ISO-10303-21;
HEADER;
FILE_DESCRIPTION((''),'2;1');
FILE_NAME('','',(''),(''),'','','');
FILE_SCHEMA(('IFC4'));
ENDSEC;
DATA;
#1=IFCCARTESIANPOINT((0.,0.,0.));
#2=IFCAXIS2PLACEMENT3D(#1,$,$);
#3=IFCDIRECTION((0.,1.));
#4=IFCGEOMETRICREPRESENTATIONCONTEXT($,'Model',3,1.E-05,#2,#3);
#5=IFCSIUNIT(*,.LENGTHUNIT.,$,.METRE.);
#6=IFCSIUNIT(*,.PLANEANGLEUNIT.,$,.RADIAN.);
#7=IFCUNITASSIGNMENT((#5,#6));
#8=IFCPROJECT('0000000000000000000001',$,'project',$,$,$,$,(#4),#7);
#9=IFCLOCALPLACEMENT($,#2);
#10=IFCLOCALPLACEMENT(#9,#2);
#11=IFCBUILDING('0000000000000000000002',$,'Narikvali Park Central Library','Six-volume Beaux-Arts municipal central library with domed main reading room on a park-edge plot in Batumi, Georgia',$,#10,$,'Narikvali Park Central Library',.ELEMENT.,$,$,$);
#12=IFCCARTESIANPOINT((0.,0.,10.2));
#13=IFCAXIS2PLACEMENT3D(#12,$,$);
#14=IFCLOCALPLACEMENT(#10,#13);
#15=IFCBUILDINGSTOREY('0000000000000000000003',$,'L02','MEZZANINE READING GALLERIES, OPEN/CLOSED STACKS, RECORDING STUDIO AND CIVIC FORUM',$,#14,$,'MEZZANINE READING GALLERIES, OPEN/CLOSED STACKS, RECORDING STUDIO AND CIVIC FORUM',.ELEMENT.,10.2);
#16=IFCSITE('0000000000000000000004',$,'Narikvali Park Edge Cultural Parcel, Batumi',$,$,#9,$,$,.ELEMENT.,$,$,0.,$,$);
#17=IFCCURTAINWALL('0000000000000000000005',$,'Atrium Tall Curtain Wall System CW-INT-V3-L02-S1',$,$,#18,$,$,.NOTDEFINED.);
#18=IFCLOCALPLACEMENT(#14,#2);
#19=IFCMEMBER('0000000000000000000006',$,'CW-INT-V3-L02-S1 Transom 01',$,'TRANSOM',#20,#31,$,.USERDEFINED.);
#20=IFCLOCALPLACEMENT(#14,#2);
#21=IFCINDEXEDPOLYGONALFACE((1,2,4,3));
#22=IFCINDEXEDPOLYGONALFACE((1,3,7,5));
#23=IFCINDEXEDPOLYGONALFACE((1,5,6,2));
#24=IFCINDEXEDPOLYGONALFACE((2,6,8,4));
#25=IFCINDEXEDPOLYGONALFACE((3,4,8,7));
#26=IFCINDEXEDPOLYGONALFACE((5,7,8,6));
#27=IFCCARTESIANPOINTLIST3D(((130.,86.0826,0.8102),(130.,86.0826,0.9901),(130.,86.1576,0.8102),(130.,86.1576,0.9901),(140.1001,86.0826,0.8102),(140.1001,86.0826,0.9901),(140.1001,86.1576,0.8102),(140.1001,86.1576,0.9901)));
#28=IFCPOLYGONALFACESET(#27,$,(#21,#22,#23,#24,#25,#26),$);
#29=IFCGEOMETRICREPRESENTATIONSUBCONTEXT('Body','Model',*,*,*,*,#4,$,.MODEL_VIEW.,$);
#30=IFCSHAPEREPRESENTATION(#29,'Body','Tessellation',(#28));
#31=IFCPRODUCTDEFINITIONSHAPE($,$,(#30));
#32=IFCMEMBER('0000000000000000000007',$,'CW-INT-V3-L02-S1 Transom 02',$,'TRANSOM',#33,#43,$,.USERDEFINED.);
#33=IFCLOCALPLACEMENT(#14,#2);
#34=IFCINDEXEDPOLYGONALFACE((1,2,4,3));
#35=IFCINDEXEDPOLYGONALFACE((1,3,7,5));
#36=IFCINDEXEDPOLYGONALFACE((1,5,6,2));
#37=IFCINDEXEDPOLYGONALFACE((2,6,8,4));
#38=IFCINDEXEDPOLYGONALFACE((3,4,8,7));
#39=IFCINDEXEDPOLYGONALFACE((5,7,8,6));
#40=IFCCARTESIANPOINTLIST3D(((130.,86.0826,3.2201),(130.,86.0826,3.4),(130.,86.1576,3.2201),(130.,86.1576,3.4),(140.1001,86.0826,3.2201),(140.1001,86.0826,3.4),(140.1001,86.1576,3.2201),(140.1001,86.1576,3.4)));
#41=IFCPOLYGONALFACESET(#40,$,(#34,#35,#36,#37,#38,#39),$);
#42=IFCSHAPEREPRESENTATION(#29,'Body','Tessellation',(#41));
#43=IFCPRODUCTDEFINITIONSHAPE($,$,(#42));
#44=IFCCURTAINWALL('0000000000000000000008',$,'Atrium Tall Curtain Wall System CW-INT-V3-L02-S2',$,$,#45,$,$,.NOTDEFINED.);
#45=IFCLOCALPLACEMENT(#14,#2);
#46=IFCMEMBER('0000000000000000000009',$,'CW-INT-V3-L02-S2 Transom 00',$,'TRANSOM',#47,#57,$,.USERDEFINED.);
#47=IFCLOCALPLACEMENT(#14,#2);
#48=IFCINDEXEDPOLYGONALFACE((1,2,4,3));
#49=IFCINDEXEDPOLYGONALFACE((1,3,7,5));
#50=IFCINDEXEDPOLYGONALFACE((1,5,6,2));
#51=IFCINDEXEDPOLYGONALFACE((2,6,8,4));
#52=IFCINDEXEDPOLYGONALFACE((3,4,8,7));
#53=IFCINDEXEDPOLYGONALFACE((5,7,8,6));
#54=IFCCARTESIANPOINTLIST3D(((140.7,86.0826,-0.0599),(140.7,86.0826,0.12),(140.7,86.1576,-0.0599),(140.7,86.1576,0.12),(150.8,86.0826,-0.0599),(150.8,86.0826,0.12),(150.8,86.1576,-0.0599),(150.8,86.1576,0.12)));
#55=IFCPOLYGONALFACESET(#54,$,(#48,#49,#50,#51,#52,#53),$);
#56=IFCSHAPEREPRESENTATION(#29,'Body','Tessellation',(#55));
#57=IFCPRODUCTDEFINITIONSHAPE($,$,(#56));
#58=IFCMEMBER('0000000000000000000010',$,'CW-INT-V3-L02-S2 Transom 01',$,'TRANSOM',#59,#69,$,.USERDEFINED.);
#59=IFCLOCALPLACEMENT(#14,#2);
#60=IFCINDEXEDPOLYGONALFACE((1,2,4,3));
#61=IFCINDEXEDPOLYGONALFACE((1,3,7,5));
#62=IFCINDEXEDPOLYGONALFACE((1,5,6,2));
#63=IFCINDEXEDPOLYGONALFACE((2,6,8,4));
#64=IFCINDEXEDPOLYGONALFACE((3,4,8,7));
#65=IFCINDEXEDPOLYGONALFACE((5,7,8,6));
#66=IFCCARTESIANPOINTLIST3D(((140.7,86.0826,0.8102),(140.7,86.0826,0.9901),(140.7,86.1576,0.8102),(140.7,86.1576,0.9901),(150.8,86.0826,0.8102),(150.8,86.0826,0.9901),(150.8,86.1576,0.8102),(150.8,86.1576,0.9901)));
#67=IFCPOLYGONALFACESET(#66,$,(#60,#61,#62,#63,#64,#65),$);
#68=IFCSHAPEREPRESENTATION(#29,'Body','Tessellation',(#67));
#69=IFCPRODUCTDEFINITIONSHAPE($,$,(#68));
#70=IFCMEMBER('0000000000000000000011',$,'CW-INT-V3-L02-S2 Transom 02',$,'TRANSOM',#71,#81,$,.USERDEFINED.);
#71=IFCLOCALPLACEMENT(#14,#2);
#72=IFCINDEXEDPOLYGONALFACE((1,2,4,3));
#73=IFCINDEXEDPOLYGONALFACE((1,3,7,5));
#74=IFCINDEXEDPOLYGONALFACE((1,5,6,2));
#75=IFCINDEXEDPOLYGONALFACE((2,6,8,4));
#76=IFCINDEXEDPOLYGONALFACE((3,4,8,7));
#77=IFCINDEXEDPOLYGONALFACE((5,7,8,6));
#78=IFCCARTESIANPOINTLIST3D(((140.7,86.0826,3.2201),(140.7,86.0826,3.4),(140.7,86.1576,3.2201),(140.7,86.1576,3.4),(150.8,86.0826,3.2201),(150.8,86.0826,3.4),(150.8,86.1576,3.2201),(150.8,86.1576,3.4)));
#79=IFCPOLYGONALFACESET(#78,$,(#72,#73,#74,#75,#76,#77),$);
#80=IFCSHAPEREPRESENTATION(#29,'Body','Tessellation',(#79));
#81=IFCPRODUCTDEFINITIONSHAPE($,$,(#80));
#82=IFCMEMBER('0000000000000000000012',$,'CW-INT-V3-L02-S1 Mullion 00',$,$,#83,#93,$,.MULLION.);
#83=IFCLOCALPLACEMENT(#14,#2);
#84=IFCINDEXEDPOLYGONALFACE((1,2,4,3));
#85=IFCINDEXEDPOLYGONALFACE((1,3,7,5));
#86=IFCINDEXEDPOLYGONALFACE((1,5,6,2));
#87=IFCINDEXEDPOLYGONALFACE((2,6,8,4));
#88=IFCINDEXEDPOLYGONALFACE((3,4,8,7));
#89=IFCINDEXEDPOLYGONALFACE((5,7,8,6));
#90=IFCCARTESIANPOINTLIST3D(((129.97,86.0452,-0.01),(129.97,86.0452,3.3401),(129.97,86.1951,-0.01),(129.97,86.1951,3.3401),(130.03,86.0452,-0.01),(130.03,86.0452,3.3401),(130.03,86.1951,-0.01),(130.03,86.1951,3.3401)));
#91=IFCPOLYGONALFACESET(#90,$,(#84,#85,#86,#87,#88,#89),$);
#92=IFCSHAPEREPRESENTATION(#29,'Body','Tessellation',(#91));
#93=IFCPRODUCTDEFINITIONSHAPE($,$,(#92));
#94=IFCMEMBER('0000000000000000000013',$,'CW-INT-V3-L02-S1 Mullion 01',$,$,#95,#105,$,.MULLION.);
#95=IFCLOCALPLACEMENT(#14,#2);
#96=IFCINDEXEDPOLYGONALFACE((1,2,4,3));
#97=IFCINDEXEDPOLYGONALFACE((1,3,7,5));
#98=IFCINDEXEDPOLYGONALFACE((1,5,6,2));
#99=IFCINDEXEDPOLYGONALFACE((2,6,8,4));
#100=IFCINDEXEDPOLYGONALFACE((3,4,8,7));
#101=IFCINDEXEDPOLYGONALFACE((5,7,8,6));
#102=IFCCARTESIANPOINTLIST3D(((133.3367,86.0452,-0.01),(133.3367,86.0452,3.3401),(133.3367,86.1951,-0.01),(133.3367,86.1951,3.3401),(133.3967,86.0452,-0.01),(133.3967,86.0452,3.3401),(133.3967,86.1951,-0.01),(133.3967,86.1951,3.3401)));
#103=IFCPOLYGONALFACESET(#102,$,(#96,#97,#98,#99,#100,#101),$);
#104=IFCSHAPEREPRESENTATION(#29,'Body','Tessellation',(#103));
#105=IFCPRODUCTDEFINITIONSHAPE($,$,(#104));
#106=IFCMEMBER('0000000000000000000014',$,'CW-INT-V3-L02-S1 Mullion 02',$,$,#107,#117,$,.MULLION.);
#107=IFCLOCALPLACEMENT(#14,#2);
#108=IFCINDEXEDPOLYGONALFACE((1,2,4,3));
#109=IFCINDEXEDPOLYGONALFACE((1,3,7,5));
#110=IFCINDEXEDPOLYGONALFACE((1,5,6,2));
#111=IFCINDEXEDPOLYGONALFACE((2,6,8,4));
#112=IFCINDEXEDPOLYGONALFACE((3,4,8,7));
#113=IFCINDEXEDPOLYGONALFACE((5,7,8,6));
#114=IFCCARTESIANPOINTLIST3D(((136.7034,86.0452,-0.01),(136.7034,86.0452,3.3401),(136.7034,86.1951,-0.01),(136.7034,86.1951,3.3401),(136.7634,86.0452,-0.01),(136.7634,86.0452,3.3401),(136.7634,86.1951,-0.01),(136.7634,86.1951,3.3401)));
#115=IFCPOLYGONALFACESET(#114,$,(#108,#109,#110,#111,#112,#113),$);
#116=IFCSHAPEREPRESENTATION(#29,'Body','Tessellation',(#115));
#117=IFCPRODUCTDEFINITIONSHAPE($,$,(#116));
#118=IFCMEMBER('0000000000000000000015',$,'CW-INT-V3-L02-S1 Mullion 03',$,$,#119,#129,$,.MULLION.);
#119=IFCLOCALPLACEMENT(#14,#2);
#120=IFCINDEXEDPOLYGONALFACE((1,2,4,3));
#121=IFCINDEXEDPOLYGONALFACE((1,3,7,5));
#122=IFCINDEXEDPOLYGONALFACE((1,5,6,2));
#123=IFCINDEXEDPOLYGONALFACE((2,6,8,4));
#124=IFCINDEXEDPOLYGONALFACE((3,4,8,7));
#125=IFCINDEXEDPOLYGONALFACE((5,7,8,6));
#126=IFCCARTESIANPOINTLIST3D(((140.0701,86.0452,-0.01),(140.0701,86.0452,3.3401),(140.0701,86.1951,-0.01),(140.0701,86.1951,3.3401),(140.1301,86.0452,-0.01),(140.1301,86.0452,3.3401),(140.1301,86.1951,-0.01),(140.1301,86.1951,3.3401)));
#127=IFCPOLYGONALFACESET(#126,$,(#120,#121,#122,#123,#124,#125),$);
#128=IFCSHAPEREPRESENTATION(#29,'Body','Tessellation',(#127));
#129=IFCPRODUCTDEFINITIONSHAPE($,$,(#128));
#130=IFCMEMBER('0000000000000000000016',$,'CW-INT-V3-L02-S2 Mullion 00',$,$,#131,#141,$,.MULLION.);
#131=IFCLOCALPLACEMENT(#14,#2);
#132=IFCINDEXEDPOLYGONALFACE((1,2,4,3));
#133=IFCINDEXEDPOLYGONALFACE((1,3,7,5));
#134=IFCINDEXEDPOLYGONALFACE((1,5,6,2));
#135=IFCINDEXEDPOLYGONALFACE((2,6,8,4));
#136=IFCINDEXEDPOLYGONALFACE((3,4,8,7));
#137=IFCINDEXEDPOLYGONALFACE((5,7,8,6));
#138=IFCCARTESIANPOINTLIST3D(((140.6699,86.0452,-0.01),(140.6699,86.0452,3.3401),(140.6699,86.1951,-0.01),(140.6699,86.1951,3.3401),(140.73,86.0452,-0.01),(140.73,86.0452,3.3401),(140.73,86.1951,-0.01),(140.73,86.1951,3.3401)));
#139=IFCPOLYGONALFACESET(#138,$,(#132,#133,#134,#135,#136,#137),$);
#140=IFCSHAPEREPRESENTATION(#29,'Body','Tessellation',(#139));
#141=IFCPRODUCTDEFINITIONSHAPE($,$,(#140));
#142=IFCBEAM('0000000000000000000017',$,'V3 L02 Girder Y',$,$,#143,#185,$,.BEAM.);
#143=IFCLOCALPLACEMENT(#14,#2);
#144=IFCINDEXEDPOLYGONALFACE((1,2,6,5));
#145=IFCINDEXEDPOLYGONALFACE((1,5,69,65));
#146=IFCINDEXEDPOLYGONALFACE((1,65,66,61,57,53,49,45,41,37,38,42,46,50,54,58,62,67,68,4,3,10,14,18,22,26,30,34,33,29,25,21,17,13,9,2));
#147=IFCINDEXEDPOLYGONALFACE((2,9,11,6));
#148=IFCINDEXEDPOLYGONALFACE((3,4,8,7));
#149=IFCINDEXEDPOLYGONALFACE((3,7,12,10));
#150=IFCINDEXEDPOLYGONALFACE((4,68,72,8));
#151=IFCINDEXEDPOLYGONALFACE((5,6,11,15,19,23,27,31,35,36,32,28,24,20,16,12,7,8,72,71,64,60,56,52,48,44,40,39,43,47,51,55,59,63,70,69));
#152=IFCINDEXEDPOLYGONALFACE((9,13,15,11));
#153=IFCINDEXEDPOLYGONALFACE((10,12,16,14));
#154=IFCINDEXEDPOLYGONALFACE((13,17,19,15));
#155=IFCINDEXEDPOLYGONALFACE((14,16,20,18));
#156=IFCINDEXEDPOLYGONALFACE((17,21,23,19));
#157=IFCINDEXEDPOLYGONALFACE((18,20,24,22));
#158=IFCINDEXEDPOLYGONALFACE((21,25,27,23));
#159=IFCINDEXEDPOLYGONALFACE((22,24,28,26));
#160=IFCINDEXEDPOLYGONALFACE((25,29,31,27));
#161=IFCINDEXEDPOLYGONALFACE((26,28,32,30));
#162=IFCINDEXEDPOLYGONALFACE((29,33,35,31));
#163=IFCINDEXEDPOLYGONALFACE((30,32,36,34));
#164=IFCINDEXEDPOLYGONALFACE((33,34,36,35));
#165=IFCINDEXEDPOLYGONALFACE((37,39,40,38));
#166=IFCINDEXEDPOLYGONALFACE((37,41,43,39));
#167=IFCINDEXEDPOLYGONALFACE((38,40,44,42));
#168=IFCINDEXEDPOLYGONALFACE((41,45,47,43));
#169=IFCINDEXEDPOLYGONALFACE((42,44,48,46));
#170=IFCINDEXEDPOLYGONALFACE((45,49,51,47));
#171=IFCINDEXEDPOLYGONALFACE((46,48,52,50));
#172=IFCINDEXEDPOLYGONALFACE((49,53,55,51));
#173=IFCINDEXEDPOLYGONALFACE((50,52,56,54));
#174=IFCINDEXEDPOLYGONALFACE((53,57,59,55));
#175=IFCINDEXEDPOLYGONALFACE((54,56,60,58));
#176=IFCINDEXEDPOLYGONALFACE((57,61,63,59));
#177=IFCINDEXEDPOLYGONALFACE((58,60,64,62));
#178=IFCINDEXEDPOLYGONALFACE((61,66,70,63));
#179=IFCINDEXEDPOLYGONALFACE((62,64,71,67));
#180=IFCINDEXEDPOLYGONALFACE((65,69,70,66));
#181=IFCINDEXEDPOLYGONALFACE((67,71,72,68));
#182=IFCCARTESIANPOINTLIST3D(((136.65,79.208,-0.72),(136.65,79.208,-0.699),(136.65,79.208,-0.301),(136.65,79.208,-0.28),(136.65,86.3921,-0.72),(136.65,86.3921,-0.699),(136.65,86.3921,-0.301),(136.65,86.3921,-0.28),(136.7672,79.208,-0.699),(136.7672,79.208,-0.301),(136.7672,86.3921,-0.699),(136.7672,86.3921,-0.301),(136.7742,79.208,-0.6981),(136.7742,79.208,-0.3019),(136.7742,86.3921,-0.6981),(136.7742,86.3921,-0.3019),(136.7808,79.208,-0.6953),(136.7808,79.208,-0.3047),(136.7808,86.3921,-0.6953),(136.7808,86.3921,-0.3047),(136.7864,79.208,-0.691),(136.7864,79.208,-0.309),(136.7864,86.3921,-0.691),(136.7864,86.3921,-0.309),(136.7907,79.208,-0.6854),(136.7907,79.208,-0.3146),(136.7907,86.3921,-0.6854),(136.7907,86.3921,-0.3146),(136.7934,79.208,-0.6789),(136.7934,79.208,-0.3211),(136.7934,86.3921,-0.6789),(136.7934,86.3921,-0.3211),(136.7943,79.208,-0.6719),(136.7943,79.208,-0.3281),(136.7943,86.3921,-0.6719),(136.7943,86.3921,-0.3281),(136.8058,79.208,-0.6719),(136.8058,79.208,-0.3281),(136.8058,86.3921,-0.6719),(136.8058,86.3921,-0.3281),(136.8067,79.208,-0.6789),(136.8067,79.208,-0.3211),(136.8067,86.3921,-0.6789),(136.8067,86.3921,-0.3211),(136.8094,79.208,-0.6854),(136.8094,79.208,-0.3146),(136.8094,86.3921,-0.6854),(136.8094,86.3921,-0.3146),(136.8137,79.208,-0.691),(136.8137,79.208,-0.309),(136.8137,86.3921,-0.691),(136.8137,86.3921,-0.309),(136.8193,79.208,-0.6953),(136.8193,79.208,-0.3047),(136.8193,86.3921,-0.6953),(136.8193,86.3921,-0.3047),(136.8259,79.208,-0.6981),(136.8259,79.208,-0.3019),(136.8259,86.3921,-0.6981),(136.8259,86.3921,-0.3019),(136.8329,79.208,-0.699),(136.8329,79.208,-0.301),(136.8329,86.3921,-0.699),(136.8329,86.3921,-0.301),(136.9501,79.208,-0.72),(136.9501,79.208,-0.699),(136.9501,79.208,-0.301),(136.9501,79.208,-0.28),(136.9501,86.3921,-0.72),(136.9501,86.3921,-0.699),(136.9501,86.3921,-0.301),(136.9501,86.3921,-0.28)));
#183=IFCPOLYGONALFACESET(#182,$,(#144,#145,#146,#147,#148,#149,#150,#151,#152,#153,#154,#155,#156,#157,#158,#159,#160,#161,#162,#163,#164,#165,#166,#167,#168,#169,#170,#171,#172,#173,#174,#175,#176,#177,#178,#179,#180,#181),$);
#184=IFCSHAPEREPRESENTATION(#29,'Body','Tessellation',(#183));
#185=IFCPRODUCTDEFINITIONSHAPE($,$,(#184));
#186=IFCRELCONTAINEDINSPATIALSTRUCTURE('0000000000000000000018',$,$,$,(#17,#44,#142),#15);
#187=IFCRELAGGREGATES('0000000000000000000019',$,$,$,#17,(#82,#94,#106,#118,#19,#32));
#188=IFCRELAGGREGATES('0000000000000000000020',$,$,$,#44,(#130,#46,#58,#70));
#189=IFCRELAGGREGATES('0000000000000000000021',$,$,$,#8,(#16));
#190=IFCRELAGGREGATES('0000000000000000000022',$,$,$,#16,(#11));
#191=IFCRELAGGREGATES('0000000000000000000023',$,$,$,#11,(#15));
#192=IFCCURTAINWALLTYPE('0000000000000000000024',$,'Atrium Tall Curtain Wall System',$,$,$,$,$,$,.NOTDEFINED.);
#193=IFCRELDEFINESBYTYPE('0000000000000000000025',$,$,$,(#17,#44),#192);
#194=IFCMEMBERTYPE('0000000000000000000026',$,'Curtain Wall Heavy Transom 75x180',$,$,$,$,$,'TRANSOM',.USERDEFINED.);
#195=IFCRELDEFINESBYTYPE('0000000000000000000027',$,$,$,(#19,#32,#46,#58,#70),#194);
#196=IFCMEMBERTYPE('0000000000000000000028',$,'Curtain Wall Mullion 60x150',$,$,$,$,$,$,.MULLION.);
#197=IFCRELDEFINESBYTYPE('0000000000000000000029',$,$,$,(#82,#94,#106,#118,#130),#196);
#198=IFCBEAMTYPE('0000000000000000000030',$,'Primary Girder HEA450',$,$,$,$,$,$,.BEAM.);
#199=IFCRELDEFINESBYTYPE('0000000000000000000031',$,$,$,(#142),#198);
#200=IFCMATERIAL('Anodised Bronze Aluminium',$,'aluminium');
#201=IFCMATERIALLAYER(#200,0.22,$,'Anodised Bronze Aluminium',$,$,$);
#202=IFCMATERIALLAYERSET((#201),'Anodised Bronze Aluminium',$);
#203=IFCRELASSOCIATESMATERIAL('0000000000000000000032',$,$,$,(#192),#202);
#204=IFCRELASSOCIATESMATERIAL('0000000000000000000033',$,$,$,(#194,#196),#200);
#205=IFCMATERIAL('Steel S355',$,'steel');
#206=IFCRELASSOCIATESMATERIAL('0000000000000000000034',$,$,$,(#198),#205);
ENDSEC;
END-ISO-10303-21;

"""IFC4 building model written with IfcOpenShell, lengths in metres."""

from ifc_helpers import new_model, si_unit, direction, frame, origin, origin_2d, place, context, subcontext, project, spatial, rectangle, i_section, extrude, material, layer, layer_set, material_profile, profile_set, type_object, element, aggregate, save


model = new_model("IFC4")

# Units and contexts
model_context = context("Model", 3, precision=1e-05, world=origin(), true_north=direction((0.0, 1.0)))
body_context = subcontext(model_context, "Body", "Model", "MODEL_VIEW")
ifc_project = project(units=[si_unit("LENGTHUNIT", "METRE"), si_unit("PLANEANGLEUNIT", "RADIAN")], contexts=[model_context])

# Site, building, storey
site_placement = place(None, origin())
site = spatial("IfcSite", under=ifc_project, at=site_placement, Name="Narikvali Park Edge Cultural Parcel, Batumi", CompositionType="ELEMENT", RefElevation=0.0)
building_placement = place(site_placement, origin())
building = spatial("IfcBuilding", under=site, at=building_placement, Name="Narikvali Park Central Library", Description="Six-volume Beaux-Arts municipal central library with domed main reading room on a park-edge plot in Batumi, Georgia", LongName="Narikvali Park Central Library", CompositionType="ELEMENT")
storey_placement = place(building_placement, frame((0.0, 0.0, 10.2)))
storey = spatial("IfcBuildingStorey", under=building, at=storey_placement, Name="L02", Description="MEZZANINE READING GALLERIES, OPEN/CLOSED STACKS, RECORDING STUDIO AND CIVIC FORUM", LongName="MEZZANINE READING GALLERIES, OPEN/CLOSED STACKS, RECORDING STUDIO AND CIVIC FORUM", CompositionType="ELEMENT", Elevation=10.2)

# Shared definitions
ifc_material_1 = material(Name="Steel S355", Category="steel")

# Curtain walls, members
ifc_material_2 = material(Name="Anodised Bronze Aluminium", Category="aluminium")
ifc_layer_1 = layer(ifc_material_2, 0.22, Name="Anodised Bronze Aluminium")
ifc_layer_set_1 = layer_set([ifc_layer_1], Name="Anodised Bronze Aluminium")
curtain_wall_type = type_object("IfcCurtainWallType", Name="Atrium Tall Curtain Wall System", PredefinedType="NOTDEFINED", material=ifc_layer_set_1)
curtain_wall_1_placement = place(storey_placement, origin())
curtain_wall_1 = element("IfcCurtainWall", 1, at=curtain_wall_1_placement, inside=storey, type_object=curtain_wall_type, Name="Atrium Tall Curtain Wall System CW-INT-V3-L02-S1", PredefinedType="NOTDEFINED")
ifc_material_profile_1 = material_profile(ifc_material_2, rectangle(XDim=0.075, YDim=0.1799, at=origin_2d()), Name="CW TRANSOM 75x180")
ifc_profile_set_1 = profile_set([ifc_material_profile_1], Name="Anodised Bronze Aluminium")
member_type_1 = type_object("IfcMemberType", Name="Curtain Wall Heavy Transom 75x180", ElementType="TRANSOM", PredefinedType="USERDEFINED", material=ifc_profile_set_1)
member_1_placement = place(storey_placement, frame((130.0, 86.1201, 0.9001), z_axis=(1.0, 0.0, 0.0), x_axis=(0.0, 1.0, 0.0)))
member_1 = element("IfcMember", 2, at=member_1_placement, type_object=member_type_1, Name="CW-INT-V3-L02-S1 Transom 01", ObjectType="TRANSOM", PredefinedType="USERDEFINED", context=body_context, shape_type="SweptSolid", body=[
    extrude(rectangle(XDim=0.075, YDim=0.1799, at=origin_2d()), origin(), (0.0, 0.0, 1.0), 10.1001),
])
member_2_placement = place(storey_placement, frame((130.0, 86.1201, 3.3101), z_axis=(1.0, 0.0, 0.0), x_axis=(0.0, 1.0, 0.0)))
member_2 = element("IfcMember", 3, at=member_2_placement, type_object=member_type_1, Name="CW-INT-V3-L02-S1 Transom 02", ObjectType="TRANSOM", PredefinedType="USERDEFINED", context=body_context, shape_type="SweptSolid", body=[
    extrude(rectangle(XDim=0.075, YDim=0.1799, at=origin_2d()), origin(), (0.0, 0.0, 1.0), 10.1001),
])
curtain_wall_2_placement = place(storey_placement, origin())
curtain_wall_2 = element("IfcCurtainWall", 4, at=curtain_wall_2_placement, inside=storey, type_object=curtain_wall_type, Name="Atrium Tall Curtain Wall System CW-INT-V3-L02-S2", PredefinedType="NOTDEFINED")
member_3_placement = place(storey_placement, frame((140.7, 86.1201, 0.03), z_axis=(1.0, 0.0, 0.0), x_axis=(0.0, 1.0, 0.0)))
member_3 = element("IfcMember", 5, at=member_3_placement, type_object=member_type_1, Name="CW-INT-V3-L02-S2 Transom 00", ObjectType="TRANSOM", PredefinedType="USERDEFINED", context=body_context, shape_type="SweptSolid", body=[
    extrude(rectangle(XDim=0.075, YDim=0.1799, at=origin_2d()), origin(), (0.0, 0.0, 1.0), 10.1001),
])
member_4_placement = place(storey_placement, frame((140.7, 86.1201, 0.9001), z_axis=(1.0, 0.0, 0.0), x_axis=(0.0, 1.0, 0.0)))
member_4 = element("IfcMember", 6, at=member_4_placement, type_object=member_type_1, Name="CW-INT-V3-L02-S2 Transom 01", ObjectType="TRANSOM", PredefinedType="USERDEFINED", context=body_context, shape_type="SweptSolid", body=[
    extrude(rectangle(XDim=0.075, YDim=0.1799, at=origin_2d()), origin(), (0.0, 0.0, 1.0), 10.1001),
])
member_5_placement = place(storey_placement, frame((140.7, 86.1201, 3.3101), z_axis=(1.0, 0.0, 0.0), x_axis=(0.0, 1.0, 0.0)))
member_5 = element("IfcMember", 7, at=member_5_placement, type_object=member_type_1, Name="CW-INT-V3-L02-S2 Transom 02", ObjectType="TRANSOM", PredefinedType="USERDEFINED", context=body_context, shape_type="SweptSolid", body=[
    extrude(rectangle(XDim=0.075, YDim=0.1799, at=origin_2d()), origin(), (0.0, 0.0, 1.0), 10.1001),
])

# Members
ifc_material_profile_2 = material_profile(ifc_material_2, rectangle(XDim=0.0601, YDim=0.1499, at=origin_2d()), Name="CW MULLION 60x150")
ifc_profile_set_2 = profile_set([ifc_material_profile_2], Name="Anodised Bronze Aluminium")
member_type_2 = type_object("IfcMemberType", Name="Curtain Wall Mullion 60x150", PredefinedType="MULLION", material=ifc_profile_set_2)
member_6_placement = place(storey_placement, frame((130.0, 86.1201, -0.01), z_axis=(0.0, 0.0, 1.0), x_axis=(1.0, 0.0, 0.0)))
member_6 = element("IfcMember", 8, at=member_6_placement, type_object=member_type_2, Name="CW-INT-V3-L02-S1 Mullion 00", PredefinedType="MULLION", context=body_context, shape_type="SweptSolid", body=[
    extrude(rectangle(XDim=0.0601, YDim=0.1499, at=origin_2d()), origin(), (0.0, 0.0, 1.0), 3.3501),
])
member_7_placement = place(storey_placement, frame((133.3667, 86.1201, -0.01), z_axis=(0.0, 0.0, 1.0), x_axis=(1.0, 0.0, 0.0)))
member_7 = element("IfcMember", 9, at=member_7_placement, type_object=member_type_2, Name="CW-INT-V3-L02-S1 Mullion 01", PredefinedType="MULLION", context=body_context, shape_type="SweptSolid", body=[
    extrude(rectangle(XDim=0.0601, YDim=0.1499, at=origin_2d()), origin(), (0.0, 0.0, 1.0), 3.3501),
])
member_8_placement = place(storey_placement, frame((136.7334, 86.1201, -0.01), z_axis=(0.0, 0.0, 1.0), x_axis=(1.0, 0.0, 0.0)))
member_8 = element("IfcMember", 10, at=member_8_placement, type_object=member_type_2, Name="CW-INT-V3-L02-S1 Mullion 02", PredefinedType="MULLION", context=body_context, shape_type="SweptSolid", body=[
    extrude(rectangle(XDim=0.0601, YDim=0.1499, at=origin_2d()), origin(), (0.0, 0.0, 1.0), 3.3501),
])
member_9_placement = place(storey_placement, frame((140.1001, 86.1201, -0.01), z_axis=(0.0, 0.0, 1.0), x_axis=(1.0, 0.0, 0.0)))
member_9 = element("IfcMember", 11, at=member_9_placement, type_object=member_type_2, Name="CW-INT-V3-L02-S1 Mullion 03", PredefinedType="MULLION", context=body_context, shape_type="SweptSolid", body=[
    extrude(rectangle(XDim=0.0601, YDim=0.1499, at=origin_2d()), origin(), (0.0, 0.0, 1.0), 3.3501),
])
member_10_placement = place(storey_placement, frame((140.7, 86.1201, -0.01), z_axis=(0.0, 0.0, 1.0), x_axis=(1.0, 0.0, 0.0)))
member_10 = element("IfcMember", 12, at=member_10_placement, type_object=member_type_2, Name="CW-INT-V3-L02-S2 Mullion 00", PredefinedType="MULLION", context=body_context, shape_type="SweptSolid", body=[
    extrude(rectangle(XDim=0.0601, YDim=0.1499, at=origin_2d()), origin(), (0.0, 0.0, 1.0), 3.3501),
])

# Beam
ifc_material_profile_3 = material_profile(ifc_material_1, i_section(OverallWidth=0.3, OverallDepth=0.4399, WebThickness=0.0115, FlangeThickness=0.021, FilletRadius=0.0271, at=origin_2d()), Name="HEA 450")
ifc_profile_set_3 = profile_set([ifc_material_profile_3], Name="Steel S355")
beam_type = type_object("IfcBeamType", Name="Primary Girder HEA450", PredefinedType="BEAM", material=ifc_profile_set_3)
for number, where, z_axis, x_axis, name in (
    (13, (136.8, 79.208, -0.5), (0.0, 1.0, 0.0), (-1.0, 0.0, 0.0), "V3 L02 Girder Y"),
):
    element("IfcBeam", number, at=place(storey_placement, frame(where, z_axis=z_axis, x_axis=x_axis)), inside=storey, type_object=beam_type, Name=name, PredefinedType="BEAM", context=body_context, shape_type="SweptSolid", body=[
        extrude(i_section(OverallWidth=0.3, OverallDepth=0.4399, WebThickness=0.0115, FlangeThickness=0.021, FilletRadius=0.0271, at=origin_2d()), origin(), (0.0, 0.0, 1.0), 7.1841),
    ])

aggregate(curtain_wall_1, [member_6, member_7, member_8, member_9, member_1, member_2])
aggregate(curtain_wall_2, [member_10, member_3, member_4, member_5])

save(model, "model.ifc")
